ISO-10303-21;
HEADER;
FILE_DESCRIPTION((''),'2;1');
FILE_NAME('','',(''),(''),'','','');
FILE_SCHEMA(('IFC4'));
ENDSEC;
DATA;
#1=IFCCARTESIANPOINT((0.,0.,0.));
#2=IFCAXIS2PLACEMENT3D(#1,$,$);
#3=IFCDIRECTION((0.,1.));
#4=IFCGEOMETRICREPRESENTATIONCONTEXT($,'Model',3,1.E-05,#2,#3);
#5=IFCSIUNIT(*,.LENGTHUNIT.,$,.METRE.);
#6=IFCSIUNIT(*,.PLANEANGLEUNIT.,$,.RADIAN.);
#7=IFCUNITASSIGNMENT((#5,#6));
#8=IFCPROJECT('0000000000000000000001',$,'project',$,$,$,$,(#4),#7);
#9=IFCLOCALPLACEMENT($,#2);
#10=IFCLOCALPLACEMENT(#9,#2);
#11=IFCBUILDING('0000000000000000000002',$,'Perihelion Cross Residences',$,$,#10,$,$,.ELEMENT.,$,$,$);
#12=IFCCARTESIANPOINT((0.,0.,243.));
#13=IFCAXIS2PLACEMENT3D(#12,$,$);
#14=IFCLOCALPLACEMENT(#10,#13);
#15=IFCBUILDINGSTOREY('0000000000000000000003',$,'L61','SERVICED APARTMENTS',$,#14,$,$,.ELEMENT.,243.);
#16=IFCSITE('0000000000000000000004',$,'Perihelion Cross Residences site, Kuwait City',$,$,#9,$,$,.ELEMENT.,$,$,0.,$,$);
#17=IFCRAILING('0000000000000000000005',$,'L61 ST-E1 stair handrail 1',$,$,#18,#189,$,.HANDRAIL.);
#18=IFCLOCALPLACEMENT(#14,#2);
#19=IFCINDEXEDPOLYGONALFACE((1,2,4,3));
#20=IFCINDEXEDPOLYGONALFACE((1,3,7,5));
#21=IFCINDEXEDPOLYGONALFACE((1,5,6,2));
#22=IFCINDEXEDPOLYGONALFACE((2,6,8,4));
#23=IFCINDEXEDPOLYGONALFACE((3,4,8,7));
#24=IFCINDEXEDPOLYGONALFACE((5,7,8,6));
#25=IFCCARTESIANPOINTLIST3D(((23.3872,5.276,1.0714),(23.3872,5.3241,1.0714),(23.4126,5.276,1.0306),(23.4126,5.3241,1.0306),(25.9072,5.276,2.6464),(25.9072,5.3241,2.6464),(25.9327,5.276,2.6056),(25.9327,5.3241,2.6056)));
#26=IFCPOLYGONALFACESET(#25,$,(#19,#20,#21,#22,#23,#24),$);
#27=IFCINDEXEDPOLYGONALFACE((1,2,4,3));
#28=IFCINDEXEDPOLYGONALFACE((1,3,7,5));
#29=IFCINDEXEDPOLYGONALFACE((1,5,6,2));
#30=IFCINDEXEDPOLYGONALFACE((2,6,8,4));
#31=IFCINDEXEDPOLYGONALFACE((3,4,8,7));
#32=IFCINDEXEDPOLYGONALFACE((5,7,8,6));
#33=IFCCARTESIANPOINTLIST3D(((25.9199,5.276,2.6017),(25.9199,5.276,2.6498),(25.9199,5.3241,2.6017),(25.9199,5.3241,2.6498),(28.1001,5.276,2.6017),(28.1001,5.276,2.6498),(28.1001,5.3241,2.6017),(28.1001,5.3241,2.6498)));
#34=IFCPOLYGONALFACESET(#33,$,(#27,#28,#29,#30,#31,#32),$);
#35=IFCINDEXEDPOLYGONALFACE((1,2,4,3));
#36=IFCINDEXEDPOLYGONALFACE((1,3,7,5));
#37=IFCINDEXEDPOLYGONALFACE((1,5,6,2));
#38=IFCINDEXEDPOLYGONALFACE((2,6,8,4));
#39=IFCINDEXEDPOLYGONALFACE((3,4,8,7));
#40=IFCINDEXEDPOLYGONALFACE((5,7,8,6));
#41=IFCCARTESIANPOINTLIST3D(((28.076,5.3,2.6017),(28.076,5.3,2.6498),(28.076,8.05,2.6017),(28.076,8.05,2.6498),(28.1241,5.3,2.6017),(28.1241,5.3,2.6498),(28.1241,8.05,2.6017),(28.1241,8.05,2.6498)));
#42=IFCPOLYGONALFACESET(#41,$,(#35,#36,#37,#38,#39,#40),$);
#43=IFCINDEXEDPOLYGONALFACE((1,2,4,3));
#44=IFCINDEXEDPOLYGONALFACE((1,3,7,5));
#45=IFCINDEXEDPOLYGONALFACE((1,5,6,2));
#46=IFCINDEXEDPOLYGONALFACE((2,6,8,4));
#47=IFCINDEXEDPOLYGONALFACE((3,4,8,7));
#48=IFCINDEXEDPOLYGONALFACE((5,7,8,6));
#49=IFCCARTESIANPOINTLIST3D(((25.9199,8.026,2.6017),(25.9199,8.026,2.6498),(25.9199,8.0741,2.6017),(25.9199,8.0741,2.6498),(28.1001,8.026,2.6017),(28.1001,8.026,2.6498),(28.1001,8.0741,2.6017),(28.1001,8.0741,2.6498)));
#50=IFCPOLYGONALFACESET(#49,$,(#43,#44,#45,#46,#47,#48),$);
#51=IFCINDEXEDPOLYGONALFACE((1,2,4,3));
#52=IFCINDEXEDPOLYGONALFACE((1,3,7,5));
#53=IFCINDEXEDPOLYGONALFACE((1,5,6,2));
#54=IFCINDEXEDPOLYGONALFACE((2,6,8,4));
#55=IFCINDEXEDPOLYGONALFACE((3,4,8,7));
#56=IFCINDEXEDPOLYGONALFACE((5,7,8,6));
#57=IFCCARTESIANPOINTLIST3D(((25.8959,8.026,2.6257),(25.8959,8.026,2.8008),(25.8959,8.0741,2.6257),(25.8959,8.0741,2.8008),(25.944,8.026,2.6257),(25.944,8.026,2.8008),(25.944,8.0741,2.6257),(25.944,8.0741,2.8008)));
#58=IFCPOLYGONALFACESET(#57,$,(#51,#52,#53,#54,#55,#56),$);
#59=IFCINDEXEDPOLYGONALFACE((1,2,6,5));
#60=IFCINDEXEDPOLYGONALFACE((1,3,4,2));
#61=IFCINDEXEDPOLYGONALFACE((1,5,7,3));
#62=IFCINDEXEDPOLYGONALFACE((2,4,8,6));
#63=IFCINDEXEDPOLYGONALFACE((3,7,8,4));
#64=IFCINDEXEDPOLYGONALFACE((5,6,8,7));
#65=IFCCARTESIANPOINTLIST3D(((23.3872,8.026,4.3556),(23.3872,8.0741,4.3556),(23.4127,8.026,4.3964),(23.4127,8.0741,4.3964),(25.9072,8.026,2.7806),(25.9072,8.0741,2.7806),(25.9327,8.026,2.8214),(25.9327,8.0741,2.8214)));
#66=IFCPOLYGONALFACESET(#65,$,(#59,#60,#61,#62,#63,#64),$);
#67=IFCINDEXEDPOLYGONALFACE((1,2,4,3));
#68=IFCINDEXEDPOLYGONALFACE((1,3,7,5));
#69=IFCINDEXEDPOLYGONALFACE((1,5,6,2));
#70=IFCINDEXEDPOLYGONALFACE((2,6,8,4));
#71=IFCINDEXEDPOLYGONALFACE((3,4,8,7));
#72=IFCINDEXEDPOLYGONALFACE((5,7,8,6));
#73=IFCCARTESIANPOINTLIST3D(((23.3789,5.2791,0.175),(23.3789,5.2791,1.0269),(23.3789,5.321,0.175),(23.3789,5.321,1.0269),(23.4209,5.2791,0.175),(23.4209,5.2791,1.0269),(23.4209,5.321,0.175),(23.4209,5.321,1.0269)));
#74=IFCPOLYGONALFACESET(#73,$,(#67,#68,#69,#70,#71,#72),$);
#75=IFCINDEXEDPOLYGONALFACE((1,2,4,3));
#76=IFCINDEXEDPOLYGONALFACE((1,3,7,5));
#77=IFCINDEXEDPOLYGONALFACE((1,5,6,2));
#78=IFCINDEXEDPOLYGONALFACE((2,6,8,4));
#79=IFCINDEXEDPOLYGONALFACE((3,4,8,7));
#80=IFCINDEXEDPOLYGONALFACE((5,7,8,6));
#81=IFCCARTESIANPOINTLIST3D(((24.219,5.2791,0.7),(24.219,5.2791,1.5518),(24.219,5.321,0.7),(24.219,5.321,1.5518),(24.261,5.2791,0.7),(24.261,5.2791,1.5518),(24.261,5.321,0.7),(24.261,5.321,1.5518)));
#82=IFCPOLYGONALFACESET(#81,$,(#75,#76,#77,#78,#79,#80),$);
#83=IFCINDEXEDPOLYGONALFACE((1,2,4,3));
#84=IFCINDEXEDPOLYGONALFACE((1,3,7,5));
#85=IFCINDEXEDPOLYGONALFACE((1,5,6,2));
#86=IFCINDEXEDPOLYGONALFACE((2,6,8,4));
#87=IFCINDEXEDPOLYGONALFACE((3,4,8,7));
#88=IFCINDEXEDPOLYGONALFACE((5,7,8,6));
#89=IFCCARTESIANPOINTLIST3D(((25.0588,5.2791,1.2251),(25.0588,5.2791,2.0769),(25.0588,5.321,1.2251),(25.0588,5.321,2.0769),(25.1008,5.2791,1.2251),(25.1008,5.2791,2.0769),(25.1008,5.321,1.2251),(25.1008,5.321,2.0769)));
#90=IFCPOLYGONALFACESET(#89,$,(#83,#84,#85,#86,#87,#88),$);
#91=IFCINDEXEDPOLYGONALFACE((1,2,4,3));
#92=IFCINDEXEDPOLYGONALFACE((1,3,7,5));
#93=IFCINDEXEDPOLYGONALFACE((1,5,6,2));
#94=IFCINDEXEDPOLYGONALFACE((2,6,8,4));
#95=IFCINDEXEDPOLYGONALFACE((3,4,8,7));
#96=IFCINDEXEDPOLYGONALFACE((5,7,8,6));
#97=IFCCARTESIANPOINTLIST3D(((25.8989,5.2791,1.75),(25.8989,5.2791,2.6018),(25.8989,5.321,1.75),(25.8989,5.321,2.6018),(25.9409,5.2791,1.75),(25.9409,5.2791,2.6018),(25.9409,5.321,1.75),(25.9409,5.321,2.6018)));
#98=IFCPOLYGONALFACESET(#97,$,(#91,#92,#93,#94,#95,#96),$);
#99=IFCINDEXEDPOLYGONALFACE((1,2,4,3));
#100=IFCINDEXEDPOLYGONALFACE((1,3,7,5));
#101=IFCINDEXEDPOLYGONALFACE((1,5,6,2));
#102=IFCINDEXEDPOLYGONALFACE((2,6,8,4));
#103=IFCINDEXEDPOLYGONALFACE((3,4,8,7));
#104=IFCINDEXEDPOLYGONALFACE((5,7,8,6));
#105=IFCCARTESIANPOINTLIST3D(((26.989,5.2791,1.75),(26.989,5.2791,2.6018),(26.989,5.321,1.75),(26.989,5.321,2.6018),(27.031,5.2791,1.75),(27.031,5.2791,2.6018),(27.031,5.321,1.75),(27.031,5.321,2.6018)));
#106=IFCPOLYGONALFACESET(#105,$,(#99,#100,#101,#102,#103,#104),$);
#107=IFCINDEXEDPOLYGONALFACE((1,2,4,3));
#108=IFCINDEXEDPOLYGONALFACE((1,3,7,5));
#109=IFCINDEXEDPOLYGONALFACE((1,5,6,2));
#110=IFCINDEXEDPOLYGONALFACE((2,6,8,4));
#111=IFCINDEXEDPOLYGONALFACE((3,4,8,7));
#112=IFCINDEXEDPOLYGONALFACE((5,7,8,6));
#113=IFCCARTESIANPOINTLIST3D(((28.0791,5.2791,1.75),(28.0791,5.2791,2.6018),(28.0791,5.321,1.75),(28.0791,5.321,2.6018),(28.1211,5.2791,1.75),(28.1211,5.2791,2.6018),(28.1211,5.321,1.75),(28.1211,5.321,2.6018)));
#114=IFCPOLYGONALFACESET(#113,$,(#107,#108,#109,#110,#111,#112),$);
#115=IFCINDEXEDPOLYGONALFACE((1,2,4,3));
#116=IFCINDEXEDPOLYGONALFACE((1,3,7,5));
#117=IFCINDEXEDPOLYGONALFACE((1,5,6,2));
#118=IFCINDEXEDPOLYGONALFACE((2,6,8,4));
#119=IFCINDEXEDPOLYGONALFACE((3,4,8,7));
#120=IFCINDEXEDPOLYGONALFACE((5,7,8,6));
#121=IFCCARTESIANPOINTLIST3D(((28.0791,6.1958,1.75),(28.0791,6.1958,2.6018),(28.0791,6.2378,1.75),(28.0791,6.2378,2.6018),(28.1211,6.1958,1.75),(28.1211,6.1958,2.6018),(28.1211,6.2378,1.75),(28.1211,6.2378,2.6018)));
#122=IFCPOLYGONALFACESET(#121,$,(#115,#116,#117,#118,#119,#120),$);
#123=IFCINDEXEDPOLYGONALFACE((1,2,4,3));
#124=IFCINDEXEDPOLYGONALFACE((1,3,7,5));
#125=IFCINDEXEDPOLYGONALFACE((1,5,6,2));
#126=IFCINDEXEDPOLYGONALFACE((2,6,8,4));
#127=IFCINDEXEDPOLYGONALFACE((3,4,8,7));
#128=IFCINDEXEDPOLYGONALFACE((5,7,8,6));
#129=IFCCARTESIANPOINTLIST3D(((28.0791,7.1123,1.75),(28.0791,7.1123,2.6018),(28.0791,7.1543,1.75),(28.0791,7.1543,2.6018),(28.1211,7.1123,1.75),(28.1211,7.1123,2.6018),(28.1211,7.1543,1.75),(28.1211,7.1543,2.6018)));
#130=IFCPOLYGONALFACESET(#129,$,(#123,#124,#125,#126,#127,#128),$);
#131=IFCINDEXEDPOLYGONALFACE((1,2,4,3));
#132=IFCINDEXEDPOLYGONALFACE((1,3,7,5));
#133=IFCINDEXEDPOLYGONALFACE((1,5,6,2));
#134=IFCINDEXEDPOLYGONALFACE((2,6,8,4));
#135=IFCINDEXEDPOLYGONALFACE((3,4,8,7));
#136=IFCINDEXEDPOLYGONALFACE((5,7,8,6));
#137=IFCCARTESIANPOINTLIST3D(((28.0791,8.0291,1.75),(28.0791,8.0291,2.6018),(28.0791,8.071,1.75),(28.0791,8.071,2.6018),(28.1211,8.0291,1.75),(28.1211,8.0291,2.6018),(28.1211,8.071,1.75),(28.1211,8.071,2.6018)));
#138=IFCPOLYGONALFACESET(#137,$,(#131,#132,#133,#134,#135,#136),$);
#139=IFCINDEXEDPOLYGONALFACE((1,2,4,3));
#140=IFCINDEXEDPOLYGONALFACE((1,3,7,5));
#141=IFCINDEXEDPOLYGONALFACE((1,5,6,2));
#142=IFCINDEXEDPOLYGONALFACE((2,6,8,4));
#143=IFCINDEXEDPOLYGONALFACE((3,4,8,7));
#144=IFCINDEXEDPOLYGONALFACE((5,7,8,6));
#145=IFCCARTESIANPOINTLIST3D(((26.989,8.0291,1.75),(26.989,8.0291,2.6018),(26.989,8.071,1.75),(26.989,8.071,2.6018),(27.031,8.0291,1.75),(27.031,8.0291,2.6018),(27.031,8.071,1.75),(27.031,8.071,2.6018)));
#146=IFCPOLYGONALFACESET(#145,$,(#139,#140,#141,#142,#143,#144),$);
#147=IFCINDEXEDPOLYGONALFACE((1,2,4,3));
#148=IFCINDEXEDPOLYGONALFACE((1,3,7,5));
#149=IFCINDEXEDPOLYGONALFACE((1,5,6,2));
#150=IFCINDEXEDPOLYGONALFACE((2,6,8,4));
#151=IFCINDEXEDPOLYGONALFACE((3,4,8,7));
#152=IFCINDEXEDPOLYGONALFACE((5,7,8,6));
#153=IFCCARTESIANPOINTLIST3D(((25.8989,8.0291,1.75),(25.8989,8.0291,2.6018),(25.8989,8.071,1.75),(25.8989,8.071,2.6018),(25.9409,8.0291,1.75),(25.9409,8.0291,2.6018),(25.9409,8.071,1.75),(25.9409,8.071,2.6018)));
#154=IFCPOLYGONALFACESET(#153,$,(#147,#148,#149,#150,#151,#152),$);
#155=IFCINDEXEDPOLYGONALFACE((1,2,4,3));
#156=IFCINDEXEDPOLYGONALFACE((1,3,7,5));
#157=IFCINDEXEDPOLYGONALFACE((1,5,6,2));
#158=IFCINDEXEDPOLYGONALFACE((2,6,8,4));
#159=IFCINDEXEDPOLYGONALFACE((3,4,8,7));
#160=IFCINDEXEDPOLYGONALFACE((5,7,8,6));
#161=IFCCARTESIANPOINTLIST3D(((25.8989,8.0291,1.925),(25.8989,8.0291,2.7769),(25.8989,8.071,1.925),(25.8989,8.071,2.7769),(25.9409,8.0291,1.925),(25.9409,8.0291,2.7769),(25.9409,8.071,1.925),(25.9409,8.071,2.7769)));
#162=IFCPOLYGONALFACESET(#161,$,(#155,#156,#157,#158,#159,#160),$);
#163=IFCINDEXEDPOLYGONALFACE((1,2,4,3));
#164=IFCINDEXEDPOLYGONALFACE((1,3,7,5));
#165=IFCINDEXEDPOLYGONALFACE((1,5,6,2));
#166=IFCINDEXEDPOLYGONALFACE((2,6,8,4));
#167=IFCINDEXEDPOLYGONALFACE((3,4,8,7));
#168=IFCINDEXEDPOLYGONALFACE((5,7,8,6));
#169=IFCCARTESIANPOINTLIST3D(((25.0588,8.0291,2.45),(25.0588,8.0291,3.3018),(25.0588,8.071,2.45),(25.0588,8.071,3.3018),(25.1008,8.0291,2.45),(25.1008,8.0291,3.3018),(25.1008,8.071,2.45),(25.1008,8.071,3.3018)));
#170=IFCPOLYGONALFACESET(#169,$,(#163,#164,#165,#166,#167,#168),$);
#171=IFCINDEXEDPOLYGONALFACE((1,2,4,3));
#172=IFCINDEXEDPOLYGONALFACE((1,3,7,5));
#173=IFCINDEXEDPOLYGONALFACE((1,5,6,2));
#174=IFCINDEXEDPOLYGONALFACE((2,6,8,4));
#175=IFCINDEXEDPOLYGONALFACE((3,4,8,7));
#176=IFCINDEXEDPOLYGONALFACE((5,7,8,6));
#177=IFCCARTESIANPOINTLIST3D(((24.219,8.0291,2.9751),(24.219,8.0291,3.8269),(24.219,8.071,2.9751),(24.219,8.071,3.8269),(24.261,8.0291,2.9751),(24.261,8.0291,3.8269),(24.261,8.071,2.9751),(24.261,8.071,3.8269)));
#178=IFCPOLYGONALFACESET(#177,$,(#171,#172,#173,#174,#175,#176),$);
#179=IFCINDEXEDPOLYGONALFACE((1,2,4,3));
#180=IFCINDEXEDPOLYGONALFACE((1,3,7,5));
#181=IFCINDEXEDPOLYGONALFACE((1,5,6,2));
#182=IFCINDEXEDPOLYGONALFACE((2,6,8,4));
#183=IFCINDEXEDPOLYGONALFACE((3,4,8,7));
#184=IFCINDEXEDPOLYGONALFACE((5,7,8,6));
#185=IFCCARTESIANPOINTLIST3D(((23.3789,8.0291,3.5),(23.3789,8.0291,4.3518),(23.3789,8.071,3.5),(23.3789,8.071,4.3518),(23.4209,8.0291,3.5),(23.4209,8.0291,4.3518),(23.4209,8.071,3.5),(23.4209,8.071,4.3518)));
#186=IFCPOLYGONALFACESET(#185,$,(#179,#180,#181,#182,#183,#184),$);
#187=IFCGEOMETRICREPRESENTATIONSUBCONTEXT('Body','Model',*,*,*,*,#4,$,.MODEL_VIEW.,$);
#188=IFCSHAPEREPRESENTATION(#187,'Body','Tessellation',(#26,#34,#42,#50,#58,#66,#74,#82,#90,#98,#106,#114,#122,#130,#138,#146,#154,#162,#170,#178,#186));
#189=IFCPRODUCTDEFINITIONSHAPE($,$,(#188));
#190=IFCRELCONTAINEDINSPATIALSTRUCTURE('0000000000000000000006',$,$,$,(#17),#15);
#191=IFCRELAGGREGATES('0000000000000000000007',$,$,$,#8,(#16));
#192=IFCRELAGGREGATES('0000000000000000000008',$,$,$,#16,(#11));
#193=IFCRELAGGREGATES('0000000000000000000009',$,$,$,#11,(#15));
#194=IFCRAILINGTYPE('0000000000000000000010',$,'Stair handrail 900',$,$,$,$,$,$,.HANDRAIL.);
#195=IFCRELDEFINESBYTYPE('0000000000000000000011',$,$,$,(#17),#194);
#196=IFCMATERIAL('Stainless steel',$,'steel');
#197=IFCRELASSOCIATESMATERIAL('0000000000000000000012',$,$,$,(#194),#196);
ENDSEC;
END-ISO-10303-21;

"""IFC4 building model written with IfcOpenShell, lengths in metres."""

from ifc_helpers import new_model, si_unit, direction, frame, origin, origin_2d, place, context, subcontext, project, spatial, rectangle, extrude, material, type_object, element, save


model = new_model("IFC4")

# Units and contexts
model_context = context("Model", 3, precision=1e-05, world=origin(), true_north=direction((0.0, 1.0)))
body_context = subcontext(model_context, "Body", "Model", "MODEL_VIEW")
ifc_project = project(units=[si_unit("LENGTHUNIT", "METRE"), si_unit("PLANEANGLEUNIT", "RADIAN")], contexts=[model_context])

# Site, building, storey
site_placement = place(None, origin())
site = spatial("IfcSite", under=ifc_project, at=site_placement, Name="Perihelion Cross Residences site, Kuwait City", CompositionType="ELEMENT", RefElevation=0.0)
building_placement = place(site_placement, origin())
building = spatial("IfcBuilding", under=site, at=building_placement, Name="Perihelion Cross Residences", CompositionType="ELEMENT")
storey_placement = place(building_placement, frame((0.0, 0.0, 243.0)))
storey = spatial("IfcBuildingStorey", under=building, at=storey_placement, Name="L61", Description="SERVICED APARTMENTS", CompositionType="ELEMENT", Elevation=243.0)

# Railing
ifc_material_1 = material(Name="Stainless steel", Category="steel")
railing_type_1 = type_object("IfcRailingType", Name="Stair handrail 900", PredefinedType="HANDRAIL", material=ifc_material_1)
railing_1_placement = place(storey_placement, frame((23.3999, 5.3, 0.175)))
element("IfcRailing", 1, at=railing_1_placement, inside=storey, type_object=railing_type_1, Name="L61 ST-E1 stair handrail 1", PredefinedType="HANDRAIL", context=body_context, shape_type="SweptSolid", body=[
    extrude(rectangle(XDim=0.0481, YDim=0.0481, at=origin_2d()), frame((0.0, 0.0, 0.876), z_axis=(0.848008, 0.0, 0.529984), x_axis=(0.0, 1.0, 0.0)), (0.0, 0.0, 1.0), 2.9717),
    extrude(rectangle(XDim=0.0481, YDim=0.0481, at=origin_2d()), frame((2.52, 0.0, 2.4507), z_axis=(1.0, 0.0, 0.0), x_axis=(0.0, 1.0, 0.0)), (0.0, 0.0, 1.0), 2.1802),
    extrude(rectangle(XDim=0.0481, YDim=0.0481, at=origin_2d()), frame((4.7002, 0.0, 2.4507), z_axis=(0.0, 1.0, 0.0), x_axis=(-1.0, 0.0, 0.0)), (0.0, 0.0, 1.0), 2.75),
    extrude(rectangle(XDim=0.0481, YDim=0.0481, at=origin_2d()), frame((4.7002, 2.75, 2.4507), z_axis=(-1.0, 0.0, 0.0), x_axis=(0.0, -1.0, 0.0)), (0.0, 0.0, 1.0), 2.1802),
    extrude(rectangle(XDim=0.0481, YDim=0.0481, at=origin_2d()), frame((2.52, 2.75, 2.4507), z_axis=(0.0, 0.0, 1.0), x_axis=(1.0, 0.0, 0.0)), (0.0, 0.0, 1.0), 0.175),
    extrude(rectangle(XDim=0.0481, YDim=0.0481, at=origin_2d()), frame((2.52, 2.75, 2.626), z_axis=(-0.848008, 0.0, 0.529984), x_axis=(0.0, -1.0, 0.0)), (0.0, 0.0, 1.0), 2.9717),
    extrude(rectangle(XDim=0.042, YDim=0.042, at=origin_2d()), origin(), (0.0, 0.0, 1.0), 0.8518),
    extrude(rectangle(XDim=0.042, YDim=0.042, at=origin_2d()), frame((0.8401, 0.0, 0.5249)), (0.0, 0.0, 1.0), 0.8518),
    extrude(rectangle(XDim=0.042, YDim=0.042, at=origin_2d()), frame((1.6799, 0.0, 1.05)), (0.0, 0.0, 1.0), 0.8518),
    extrude(rectangle(XDim=0.042, YDim=0.042, at=origin_2d()), frame((2.52, 0.0, 1.575)), (0.0, 0.0, 1.0), 0.8518),
    extrude(rectangle(XDim=0.042, YDim=0.042, at=origin_2d()), frame((3.6101, 0.0, 1.575)), (0.0, 0.0, 1.0), 0.8518),
    extrude(rectangle(XDim=0.042, YDim=0.042, at=origin_2d()), frame((4.7002, 0.0, 1.575)), (0.0, 0.0, 1.0), 0.8518),
    extrude(rectangle(XDim=0.042, YDim=0.042, at=origin_2d()), frame((4.7002, 0.9167, 1.575)), (0.0, 0.0, 1.0), 0.8518),
    extrude(rectangle(XDim=0.042, YDim=0.042, at=origin_2d()), frame((4.7002, 1.8333, 1.575)), (0.0, 0.0, 1.0), 0.8518),
    extrude(rectangle(XDim=0.042, YDim=0.042, at=origin_2d()), frame((4.7002, 2.75, 1.575)), (0.0, 0.0, 1.0), 0.8518),
    extrude(rectangle(XDim=0.042, YDim=0.042, at=origin_2d()), frame((3.6101, 2.75, 1.575)), (0.0, 0.0, 1.0), 0.8518),
    extrude(rectangle(XDim=0.042, YDim=0.042, at=origin_2d()), frame((2.52, 2.75, 1.575)), (0.0, 0.0, 1.0), 0.8518),
    extrude(rectangle(XDim=0.042, YDim=0.042, at=origin_2d()), frame((2.52, 2.75, 1.75)), (0.0, 0.0, 1.0), 0.8518),
    extrude(rectangle(XDim=0.042, YDim=0.042, at=origin_2d()), frame((1.6799, 2.75, 2.2749)), (0.0, 0.0, 1.0), 0.8518),
    extrude(rectangle(XDim=0.042, YDim=0.042, at=origin_2d()), frame((0.8401, 2.75, 2.8)), (0.0, 0.0, 1.0), 0.8518),
    extrude(rectangle(XDim=0.042, YDim=0.042, at=origin_2d()), frame((0.0, 2.75, 3.325)), (0.0, 0.0, 1.0), 0.8518),
])

save(model, "model.ifc")
